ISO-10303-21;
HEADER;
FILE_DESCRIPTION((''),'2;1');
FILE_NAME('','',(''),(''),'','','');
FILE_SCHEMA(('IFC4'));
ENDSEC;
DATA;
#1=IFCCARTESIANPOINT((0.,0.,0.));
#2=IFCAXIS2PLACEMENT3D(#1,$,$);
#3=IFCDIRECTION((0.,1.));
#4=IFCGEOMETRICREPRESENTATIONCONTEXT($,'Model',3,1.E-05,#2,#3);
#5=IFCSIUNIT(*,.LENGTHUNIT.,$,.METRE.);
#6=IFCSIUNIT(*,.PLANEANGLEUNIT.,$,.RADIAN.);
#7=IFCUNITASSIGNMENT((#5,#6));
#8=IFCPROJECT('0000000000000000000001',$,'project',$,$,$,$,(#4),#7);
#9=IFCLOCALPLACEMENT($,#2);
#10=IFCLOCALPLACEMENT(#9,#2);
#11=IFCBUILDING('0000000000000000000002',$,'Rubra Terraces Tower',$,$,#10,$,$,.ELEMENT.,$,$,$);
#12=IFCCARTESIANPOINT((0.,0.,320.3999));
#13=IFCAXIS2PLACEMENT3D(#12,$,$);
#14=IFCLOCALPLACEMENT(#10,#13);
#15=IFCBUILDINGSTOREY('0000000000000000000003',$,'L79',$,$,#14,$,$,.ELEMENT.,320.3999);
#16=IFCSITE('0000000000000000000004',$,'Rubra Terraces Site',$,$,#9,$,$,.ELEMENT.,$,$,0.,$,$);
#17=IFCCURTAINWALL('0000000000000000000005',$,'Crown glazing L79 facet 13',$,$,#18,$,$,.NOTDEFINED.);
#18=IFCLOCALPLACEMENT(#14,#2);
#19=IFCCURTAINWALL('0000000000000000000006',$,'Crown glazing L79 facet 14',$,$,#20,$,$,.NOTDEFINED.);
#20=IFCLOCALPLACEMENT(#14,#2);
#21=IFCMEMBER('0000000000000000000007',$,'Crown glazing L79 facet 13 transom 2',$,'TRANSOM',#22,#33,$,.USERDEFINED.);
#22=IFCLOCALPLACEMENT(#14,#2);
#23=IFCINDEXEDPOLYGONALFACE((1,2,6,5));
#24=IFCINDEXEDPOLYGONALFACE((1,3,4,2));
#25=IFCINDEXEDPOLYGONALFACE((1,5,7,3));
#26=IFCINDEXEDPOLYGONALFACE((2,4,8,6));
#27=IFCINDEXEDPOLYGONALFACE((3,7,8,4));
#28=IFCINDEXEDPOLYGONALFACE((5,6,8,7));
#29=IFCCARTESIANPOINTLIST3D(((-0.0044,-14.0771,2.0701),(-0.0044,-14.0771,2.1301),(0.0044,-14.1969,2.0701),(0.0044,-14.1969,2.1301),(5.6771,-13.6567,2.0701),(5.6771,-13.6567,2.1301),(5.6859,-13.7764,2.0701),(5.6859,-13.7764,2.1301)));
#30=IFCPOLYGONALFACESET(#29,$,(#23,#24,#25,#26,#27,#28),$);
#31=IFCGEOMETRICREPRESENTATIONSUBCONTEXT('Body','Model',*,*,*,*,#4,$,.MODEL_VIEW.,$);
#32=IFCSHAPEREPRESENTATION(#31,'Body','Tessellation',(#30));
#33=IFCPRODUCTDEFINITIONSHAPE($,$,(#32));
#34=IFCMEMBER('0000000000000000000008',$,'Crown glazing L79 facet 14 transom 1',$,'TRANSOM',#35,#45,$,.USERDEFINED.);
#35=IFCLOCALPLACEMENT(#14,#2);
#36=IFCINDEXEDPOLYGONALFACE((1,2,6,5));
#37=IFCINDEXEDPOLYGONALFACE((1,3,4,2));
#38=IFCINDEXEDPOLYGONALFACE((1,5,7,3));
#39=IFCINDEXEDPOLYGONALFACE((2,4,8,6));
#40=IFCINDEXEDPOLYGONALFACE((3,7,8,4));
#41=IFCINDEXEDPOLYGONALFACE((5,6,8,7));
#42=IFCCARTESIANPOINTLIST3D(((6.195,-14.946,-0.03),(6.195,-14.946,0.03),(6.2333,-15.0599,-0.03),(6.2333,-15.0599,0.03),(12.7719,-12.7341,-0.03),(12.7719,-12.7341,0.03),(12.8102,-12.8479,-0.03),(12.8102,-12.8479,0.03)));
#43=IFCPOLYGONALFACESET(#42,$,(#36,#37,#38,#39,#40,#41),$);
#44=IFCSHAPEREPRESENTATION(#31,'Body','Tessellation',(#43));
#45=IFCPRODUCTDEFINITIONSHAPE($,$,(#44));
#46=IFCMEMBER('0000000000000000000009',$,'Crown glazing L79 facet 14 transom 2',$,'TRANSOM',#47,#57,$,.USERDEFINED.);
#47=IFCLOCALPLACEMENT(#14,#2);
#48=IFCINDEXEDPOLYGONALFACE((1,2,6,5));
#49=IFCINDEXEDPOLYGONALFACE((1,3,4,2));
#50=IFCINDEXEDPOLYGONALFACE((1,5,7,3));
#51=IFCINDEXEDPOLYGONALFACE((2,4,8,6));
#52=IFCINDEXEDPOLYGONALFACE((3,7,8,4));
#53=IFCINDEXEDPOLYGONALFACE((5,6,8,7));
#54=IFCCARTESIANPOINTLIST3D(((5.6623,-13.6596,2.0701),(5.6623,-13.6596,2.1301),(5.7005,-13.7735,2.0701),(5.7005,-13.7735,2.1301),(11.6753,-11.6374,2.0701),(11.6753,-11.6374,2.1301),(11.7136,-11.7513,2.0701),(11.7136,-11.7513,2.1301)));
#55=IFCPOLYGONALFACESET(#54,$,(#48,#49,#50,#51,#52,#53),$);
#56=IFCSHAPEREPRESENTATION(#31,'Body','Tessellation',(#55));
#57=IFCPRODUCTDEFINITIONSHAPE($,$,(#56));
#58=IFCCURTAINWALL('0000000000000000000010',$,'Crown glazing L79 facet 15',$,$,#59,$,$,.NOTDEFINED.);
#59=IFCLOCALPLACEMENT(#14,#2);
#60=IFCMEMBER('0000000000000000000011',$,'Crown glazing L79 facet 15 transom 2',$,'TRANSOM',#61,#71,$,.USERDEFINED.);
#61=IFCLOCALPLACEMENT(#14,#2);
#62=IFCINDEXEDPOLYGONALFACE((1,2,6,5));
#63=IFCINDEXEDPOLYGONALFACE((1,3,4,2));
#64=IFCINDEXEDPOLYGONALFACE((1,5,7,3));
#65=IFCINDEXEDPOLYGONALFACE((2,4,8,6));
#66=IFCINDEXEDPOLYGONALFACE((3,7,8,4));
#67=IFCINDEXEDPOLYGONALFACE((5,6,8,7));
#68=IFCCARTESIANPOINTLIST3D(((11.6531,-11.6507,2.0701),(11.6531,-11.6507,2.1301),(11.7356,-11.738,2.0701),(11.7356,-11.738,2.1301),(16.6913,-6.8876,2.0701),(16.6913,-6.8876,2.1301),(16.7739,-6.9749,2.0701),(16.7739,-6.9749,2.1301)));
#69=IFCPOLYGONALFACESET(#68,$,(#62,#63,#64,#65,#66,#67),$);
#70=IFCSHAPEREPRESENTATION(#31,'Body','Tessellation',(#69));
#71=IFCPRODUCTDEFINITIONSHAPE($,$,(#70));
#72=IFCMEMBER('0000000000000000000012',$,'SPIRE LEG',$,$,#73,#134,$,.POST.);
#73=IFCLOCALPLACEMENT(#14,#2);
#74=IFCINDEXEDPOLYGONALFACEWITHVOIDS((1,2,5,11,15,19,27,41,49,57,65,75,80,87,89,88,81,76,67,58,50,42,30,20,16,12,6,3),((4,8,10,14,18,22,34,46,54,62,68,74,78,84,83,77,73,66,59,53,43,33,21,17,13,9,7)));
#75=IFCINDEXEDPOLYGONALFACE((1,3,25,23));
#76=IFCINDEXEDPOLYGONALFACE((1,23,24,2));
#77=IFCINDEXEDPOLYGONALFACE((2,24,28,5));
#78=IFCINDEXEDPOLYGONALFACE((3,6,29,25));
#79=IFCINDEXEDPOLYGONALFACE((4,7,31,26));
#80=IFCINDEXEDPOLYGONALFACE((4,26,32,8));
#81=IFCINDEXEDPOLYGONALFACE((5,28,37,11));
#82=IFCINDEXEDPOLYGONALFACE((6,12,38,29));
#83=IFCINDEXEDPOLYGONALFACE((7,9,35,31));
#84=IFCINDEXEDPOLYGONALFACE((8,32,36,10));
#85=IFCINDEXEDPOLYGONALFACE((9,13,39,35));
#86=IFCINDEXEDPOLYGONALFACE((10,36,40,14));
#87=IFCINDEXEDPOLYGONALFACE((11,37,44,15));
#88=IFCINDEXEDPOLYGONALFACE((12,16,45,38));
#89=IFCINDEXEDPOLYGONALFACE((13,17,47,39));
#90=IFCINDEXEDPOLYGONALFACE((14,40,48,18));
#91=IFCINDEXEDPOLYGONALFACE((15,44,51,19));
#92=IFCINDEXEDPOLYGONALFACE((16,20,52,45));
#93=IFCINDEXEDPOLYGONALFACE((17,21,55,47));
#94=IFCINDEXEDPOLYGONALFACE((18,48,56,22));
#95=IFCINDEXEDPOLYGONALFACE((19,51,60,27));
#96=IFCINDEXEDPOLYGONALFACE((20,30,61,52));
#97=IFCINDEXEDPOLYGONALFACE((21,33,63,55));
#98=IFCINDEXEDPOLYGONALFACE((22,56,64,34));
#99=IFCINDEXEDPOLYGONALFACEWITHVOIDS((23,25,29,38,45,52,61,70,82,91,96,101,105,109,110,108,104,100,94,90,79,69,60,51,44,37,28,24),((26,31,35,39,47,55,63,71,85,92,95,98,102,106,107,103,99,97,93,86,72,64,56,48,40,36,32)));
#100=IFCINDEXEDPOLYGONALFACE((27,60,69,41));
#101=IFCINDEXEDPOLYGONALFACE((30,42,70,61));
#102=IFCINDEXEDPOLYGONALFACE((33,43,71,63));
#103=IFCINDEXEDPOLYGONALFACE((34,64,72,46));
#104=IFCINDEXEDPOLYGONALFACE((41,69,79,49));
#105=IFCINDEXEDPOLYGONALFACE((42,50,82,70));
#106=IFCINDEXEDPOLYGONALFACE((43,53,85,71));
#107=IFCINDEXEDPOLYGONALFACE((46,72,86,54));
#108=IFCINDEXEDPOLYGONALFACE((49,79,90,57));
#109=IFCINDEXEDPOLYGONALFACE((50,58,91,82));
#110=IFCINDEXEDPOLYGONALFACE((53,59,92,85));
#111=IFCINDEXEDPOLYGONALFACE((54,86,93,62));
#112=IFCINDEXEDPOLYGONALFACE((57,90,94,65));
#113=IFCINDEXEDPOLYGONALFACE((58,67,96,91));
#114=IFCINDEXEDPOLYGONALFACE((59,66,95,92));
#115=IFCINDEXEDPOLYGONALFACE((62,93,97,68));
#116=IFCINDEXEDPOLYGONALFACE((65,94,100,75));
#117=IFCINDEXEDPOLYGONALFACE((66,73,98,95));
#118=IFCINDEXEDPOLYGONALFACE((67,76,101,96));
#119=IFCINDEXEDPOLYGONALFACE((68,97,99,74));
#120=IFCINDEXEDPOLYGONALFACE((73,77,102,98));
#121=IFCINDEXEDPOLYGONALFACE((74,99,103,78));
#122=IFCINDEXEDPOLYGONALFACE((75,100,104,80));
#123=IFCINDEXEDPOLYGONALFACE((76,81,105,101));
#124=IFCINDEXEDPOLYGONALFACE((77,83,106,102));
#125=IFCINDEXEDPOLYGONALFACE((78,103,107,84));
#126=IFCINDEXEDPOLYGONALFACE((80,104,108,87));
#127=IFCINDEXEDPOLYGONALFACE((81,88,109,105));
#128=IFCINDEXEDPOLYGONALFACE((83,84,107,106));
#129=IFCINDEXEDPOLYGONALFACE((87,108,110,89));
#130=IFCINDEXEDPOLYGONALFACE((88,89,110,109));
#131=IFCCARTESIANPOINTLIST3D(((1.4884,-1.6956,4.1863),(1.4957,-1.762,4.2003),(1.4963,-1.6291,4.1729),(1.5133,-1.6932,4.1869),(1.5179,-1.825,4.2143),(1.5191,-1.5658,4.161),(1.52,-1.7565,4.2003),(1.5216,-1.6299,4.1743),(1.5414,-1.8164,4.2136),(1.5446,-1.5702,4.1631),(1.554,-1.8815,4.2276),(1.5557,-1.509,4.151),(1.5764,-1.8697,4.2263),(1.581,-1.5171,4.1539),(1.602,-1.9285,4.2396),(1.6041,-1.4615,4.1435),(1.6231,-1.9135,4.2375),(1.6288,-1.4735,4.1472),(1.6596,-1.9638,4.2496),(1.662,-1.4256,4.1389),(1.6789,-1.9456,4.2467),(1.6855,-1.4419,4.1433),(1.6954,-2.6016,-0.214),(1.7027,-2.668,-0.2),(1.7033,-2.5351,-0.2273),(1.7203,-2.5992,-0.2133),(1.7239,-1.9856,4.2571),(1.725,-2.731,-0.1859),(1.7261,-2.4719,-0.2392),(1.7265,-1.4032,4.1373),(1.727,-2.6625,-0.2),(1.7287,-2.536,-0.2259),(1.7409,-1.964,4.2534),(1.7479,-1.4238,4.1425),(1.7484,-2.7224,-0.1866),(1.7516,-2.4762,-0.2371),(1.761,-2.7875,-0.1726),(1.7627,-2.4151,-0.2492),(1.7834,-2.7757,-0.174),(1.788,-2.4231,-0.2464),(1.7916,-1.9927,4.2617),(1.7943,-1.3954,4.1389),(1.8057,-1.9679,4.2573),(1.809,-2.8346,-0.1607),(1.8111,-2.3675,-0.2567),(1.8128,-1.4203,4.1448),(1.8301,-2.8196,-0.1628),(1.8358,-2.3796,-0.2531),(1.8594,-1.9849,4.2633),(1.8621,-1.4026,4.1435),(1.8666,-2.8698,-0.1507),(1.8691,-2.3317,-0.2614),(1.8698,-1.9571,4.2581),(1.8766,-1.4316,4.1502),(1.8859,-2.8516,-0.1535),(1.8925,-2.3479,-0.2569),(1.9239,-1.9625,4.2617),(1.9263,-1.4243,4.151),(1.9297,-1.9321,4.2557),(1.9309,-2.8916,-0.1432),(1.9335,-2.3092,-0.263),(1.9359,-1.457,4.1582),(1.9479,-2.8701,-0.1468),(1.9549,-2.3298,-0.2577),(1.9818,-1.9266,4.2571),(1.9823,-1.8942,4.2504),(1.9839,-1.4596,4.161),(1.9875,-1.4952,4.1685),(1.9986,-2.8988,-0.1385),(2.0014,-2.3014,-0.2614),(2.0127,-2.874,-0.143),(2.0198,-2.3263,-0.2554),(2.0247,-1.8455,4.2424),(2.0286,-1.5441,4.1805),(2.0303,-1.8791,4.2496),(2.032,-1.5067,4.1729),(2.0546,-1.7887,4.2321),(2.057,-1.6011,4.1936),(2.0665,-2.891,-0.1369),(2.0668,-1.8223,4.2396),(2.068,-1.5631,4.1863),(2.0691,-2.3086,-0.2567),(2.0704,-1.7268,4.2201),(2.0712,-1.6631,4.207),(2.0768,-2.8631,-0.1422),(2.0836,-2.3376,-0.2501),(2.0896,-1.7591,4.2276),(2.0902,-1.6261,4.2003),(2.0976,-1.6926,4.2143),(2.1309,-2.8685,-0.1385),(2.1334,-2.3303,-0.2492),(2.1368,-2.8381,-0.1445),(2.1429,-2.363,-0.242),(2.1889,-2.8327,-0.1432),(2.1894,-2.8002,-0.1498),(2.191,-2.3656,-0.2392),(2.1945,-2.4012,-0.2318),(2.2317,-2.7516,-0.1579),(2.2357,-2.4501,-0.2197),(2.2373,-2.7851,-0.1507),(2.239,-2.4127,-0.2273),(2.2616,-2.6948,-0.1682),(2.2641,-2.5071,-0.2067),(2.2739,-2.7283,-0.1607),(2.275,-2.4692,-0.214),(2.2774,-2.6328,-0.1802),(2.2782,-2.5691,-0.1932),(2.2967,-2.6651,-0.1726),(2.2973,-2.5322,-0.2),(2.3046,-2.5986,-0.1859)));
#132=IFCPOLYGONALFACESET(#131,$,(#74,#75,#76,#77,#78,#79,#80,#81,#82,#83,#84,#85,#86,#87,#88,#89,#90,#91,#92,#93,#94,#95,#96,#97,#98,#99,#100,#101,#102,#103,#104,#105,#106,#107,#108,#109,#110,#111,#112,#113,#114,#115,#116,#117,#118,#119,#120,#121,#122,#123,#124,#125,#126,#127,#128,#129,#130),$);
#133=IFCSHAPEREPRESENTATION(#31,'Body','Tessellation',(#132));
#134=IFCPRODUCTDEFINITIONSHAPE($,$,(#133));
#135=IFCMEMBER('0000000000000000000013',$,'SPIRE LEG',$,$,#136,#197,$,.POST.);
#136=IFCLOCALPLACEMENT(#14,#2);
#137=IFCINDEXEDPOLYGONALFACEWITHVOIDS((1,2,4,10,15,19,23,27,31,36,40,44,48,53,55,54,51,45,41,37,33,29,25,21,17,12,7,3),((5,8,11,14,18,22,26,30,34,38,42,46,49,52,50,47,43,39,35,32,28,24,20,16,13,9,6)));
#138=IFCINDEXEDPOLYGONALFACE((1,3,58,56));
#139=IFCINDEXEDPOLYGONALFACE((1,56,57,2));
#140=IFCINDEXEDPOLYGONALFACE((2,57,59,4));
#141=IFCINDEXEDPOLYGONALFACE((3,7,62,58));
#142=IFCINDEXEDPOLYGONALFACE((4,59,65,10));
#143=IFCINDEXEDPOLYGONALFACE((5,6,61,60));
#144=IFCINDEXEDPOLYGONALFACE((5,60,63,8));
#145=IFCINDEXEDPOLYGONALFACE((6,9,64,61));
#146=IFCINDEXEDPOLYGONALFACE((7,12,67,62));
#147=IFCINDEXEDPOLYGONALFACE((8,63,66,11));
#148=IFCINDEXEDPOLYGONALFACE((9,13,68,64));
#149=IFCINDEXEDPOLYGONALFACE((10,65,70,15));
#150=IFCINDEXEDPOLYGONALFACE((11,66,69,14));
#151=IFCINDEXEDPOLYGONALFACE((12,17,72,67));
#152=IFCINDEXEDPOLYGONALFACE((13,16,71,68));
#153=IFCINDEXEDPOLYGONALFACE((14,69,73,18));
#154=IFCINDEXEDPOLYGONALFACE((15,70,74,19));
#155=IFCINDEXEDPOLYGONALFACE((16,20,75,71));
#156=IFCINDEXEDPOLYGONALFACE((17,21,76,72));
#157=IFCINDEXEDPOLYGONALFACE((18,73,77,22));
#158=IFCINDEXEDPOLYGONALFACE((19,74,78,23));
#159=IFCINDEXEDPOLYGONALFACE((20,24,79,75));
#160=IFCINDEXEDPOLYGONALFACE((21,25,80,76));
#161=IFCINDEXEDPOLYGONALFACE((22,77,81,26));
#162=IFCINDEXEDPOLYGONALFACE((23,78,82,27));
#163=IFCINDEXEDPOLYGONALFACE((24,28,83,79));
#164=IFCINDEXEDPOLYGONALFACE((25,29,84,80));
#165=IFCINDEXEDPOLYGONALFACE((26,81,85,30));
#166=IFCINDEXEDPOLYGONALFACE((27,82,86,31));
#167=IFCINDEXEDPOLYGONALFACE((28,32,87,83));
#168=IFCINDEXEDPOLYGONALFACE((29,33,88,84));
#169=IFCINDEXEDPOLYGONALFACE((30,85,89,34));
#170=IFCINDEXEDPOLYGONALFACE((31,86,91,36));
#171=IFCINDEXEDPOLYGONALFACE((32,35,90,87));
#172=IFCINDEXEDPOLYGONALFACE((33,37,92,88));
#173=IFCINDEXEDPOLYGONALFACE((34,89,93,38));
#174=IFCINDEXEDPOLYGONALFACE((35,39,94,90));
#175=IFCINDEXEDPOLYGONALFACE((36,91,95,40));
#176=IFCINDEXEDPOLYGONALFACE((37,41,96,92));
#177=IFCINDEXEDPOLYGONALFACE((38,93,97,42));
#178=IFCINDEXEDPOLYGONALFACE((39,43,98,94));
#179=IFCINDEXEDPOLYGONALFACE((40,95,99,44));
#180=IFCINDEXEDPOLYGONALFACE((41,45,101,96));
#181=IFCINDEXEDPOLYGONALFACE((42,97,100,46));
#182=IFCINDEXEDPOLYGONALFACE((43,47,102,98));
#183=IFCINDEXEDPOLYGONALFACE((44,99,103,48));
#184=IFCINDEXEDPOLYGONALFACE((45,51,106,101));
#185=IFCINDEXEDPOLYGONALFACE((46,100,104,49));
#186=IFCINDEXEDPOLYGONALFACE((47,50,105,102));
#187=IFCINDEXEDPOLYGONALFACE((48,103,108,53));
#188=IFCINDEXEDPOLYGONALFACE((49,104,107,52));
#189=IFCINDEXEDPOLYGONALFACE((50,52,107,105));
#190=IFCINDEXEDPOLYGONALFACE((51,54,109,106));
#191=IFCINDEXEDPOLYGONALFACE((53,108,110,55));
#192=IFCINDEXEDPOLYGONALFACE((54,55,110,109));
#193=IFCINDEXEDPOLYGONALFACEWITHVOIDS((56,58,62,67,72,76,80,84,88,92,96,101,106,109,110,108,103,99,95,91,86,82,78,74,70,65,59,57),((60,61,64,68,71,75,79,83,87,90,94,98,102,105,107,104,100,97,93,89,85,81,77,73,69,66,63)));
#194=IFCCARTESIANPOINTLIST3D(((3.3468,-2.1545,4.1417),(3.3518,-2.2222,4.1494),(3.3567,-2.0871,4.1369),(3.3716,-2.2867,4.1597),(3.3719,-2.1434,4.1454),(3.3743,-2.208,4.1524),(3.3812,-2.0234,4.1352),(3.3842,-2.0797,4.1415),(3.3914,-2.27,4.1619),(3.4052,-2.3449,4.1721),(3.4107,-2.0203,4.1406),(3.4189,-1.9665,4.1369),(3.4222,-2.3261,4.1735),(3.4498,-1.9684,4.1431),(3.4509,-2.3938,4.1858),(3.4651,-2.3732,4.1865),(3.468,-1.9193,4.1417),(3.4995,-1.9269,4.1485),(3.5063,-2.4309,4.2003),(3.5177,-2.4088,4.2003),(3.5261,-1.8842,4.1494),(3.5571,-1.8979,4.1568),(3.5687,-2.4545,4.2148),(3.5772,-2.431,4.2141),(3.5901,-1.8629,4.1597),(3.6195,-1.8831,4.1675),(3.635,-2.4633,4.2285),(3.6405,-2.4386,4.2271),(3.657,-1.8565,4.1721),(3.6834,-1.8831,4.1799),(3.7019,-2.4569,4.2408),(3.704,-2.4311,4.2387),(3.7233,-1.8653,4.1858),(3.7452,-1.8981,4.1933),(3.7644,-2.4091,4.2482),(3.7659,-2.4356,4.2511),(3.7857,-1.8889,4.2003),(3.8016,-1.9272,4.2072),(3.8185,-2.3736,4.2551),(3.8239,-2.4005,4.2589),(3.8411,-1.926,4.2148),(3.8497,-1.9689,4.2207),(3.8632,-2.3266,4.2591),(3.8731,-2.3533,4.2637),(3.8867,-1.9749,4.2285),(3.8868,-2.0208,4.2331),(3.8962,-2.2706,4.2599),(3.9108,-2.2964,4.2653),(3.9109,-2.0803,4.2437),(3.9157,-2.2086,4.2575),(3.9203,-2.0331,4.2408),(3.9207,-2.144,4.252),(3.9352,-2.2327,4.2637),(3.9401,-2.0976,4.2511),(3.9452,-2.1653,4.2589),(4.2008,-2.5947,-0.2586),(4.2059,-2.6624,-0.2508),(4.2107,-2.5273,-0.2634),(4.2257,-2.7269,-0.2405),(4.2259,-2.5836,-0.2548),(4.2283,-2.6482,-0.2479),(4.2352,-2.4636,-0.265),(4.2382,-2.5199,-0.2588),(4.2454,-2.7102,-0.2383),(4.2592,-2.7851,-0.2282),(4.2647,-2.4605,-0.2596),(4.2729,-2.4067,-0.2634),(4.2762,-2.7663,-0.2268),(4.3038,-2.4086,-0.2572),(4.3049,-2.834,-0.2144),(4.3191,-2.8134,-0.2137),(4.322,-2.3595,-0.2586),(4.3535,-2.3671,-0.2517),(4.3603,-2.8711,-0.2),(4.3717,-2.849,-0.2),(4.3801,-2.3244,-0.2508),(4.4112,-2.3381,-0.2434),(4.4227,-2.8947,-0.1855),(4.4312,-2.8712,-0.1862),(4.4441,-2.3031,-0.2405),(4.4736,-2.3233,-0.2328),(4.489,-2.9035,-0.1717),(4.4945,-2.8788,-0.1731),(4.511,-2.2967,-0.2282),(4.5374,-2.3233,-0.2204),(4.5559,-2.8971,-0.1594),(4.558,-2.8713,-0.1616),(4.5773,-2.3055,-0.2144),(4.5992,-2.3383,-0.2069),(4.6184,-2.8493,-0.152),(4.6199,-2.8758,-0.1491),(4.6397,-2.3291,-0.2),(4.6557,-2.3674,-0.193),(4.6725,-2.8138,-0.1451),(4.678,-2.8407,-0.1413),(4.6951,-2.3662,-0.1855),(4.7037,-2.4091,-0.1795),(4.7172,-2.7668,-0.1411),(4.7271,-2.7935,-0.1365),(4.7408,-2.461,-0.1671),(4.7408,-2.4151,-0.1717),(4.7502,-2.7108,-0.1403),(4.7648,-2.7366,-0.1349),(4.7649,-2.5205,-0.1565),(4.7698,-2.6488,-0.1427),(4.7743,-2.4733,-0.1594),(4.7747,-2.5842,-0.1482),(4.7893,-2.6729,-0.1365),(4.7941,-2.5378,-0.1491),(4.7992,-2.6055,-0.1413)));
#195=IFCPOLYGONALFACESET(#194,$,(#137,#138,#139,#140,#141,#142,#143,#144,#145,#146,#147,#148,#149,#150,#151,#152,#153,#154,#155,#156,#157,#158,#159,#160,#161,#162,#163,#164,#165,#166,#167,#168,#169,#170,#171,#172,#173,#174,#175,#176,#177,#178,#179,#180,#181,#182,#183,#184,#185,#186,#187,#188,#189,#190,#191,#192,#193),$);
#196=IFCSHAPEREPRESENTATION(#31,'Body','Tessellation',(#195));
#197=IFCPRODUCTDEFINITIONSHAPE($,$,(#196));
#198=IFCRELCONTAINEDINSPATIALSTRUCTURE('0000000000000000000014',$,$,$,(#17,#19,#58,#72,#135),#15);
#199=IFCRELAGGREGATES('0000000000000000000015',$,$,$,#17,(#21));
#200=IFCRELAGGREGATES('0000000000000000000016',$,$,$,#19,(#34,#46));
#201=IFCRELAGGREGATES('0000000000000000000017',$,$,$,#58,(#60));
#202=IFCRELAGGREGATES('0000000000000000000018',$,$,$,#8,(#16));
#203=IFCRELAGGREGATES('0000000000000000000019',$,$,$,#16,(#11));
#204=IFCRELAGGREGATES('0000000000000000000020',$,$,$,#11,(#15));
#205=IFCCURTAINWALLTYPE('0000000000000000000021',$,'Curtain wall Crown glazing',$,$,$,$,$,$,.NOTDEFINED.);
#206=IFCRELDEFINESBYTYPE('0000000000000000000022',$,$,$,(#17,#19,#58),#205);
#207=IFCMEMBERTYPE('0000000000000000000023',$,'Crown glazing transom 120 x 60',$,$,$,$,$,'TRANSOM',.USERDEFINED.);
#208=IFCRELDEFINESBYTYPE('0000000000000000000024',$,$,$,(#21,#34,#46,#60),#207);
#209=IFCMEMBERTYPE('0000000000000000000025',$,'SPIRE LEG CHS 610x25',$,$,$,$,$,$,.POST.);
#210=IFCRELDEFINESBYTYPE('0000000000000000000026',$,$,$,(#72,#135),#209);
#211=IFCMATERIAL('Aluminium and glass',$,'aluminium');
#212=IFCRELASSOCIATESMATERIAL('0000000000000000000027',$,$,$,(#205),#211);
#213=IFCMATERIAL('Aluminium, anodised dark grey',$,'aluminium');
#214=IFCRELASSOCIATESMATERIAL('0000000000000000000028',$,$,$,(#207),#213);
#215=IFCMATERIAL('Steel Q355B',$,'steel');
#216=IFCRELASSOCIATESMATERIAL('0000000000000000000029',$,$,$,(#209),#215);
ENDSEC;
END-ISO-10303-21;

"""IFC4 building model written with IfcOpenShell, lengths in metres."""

from ifc_helpers import new_model, si_unit, direction, frame, origin, origin_2d, place, context, subcontext, project, spatial, rectangle, hollow_circle, extrude, material, material_profile, profile_set, type_object, element, aggregate, save


model = new_model("IFC4")

# Units and contexts
model_context = context("Model", 3, precision=1e-05, world=origin(), true_north=direction((0.0, 1.0)))
body_context = subcontext(model_context, "Body", "Model", "MODEL_VIEW")
ifc_project = project(units=[si_unit("LENGTHUNIT", "METRE"), si_unit("PLANEANGLEUNIT", "RADIAN")], contexts=[model_context])

# Site, building, storey
site_placement = place(None, origin())
site = spatial("IfcSite", under=ifc_project, at=site_placement, Name="Rubra Terraces Site", CompositionType="ELEMENT", RefElevation=0.0)
building_placement = place(site_placement, origin())
building = spatial("IfcBuilding", under=site, at=building_placement, Name="Rubra Terraces Tower", CompositionType="ELEMENT")
storey_placement = place(building_placement, frame((0.0, 0.0, 320.3999)))
storey = spatial("IfcBuildingStorey", under=building, at=storey_placement, Name="L79", CompositionType="ELEMENT", Elevation=320.3999)

# Shared definitions
ifc_material_1 = material(Name="Steel Q355B", Category="steel")

# Curtain walls
ifc_material_2 = material(Name="Aluminium and glass", Category="aluminium")
curtain_wall_type = type_object("IfcCurtainWallType", Name="Curtain wall Crown glazing", PredefinedType="NOTDEFINED", material=ifc_material_2)
curtain_wall_1_placement = place(storey_placement, origin())
curtain_wall_1 = element("IfcCurtainWall", 1, at=curtain_wall_1_placement, inside=storey, type_object=curtain_wall_type, Name="Crown glazing L79 facet 13", PredefinedType="NOTDEFINED")
ifc_material_3 = material(Name="Aluminium, anodised dark grey", Category="aluminium")
curtain_wall_2_placement = place(storey_placement, origin())
curtain_wall_2 = element("IfcCurtainWall", 2, at=curtain_wall_2_placement, inside=storey, type_object=curtain_wall_type, Name="Crown glazing L79 facet 14", PredefinedType="NOTDEFINED")

# Members
ifc_material_profile_1 = material_profile(ifc_material_3, rectangle(XDim=0.1201, YDim=0.0601, at=origin_2d()), Name="AL 120x60")
ifc_profile_set_1 = profile_set([ifc_material_profile_1], Name="Aluminium, anodised dark grey")
member_type_1 = type_object("IfcMemberType", Name="Crown glazing transom 120 x 60", ElementType="TRANSOM", PredefinedType="USERDEFINED", material=ifc_profile_set_1)
member_1_placement = place(storey_placement, frame((0.0, -14.137, 2.1001), z_axis=(0.997273, 0.073796, 0.0), x_axis=(-0.073796, 0.997273, 0.0)))
member_1 = element("IfcMember", 3, at=member_1_placement, type_object=member_type_1, Name="Crown glazing L79 facet 13 transom 2", ObjectType="TRANSOM", PredefinedType="USERDEFINED", context=body_context, shape_type="SweptSolid", body=[
    extrude(rectangle(XDim=0.1201, YDim=0.0601, at=origin_2d()), origin(), (0.0, 0.0, 1.0), 5.697),
])
member_2_placement = place(storey_placement, frame((6.2141, -15.0029, 0.0), z_axis=(0.947832, 0.31877, 0.0), x_axis=(-0.31877, 0.947832, 0.0)))
member_2 = element("IfcMember", 4, at=member_2_placement, type_object=member_type_1, Name="Crown glazing L79 facet 14 transom 1", ObjectType="TRANSOM", PredefinedType="USERDEFINED", context=body_context, shape_type="SweptSolid", body=[
    extrude(rectangle(XDim=0.1201, YDim=0.0601, at=origin_2d()), origin(), (0.0, 0.0, 1.0), 6.939),
])
member_3_placement = place(storey_placement, frame((5.6814, -13.7166, 2.1001), z_axis=(0.947837, 0.318755, 0.0), x_axis=(-0.318755, 0.947837, 0.0)))
member_3 = element("IfcMember", 5, at=member_3_placement, type_object=member_type_1, Name="Crown glazing L79 facet 14 transom 2", ObjectType="TRANSOM", PredefinedType="USERDEFINED", context=body_context, shape_type="SweptSolid", body=[
    extrude(rectangle(XDim=0.1201, YDim=0.0601, at=origin_2d()), origin(), (0.0, 0.0, 1.0), 6.344),
])

# Curtain wall, member
curtain_wall_3_placement = place(storey_placement, origin())
curtain_wall_3 = element("IfcCurtainWall", 6, at=curtain_wall_3_placement, inside=storey, type_object=curtain_wall_type, Name="Crown glazing L79 facet 15", PredefinedType="NOTDEFINED")
member_4_placement = place(storey_placement, frame((11.6943, -11.6943, 2.1001), z_axis=(0.72667, 0.686986, 0.0), x_axis=(-0.686986, 0.72667, 0.0)))
member_4 = element("IfcMember", 7, at=member_4_placement, type_object=member_type_1, Name="Crown glazing L79 facet 15 transom 2", ObjectType="TRANSOM", PredefinedType="USERDEFINED", context=body_context, shape_type="SweptSolid", body=[
    extrude(rectangle(XDim=0.1201, YDim=0.0601, at=origin_2d()), origin(), (0.0, 0.0, 1.0), 6.9333),
])

# Members
ifc_material_profile_2 = material_profile(ifc_material_1, hollow_circle(Radius=0.3049, WallThickness=0.0249, at=origin_2d()), Name="CHS 610x25")
ifc_profile_set_2 = profile_set([ifc_material_profile_2], Name="Steel Q355B")
member_type_2 = type_object("IfcMemberType", Name="SPIRE LEG CHS 610x25", PredefinedType="POST", material=ifc_profile_set_2)
member_5_placement = place(storey_placement, frame((2.0, -2.6001, -0.2), z_axis=(-0.046035, 0.201459, 0.978415), x_axis=(-0.974872, -0.222768, 0.0)))
element("IfcMember", 8, at=member_5_placement, inside=storey, type_object=member_type_2, Name="SPIRE LEG", PredefinedType="POST", context=body_context, shape_type="SweptSolid", body=[
    extrude(hollow_circle(Radius=0.3049, WallThickness=0.0249, at=origin_2d()), origin(), (0.0, 0.0, 1.0), 4.4973),
])
member_6_placement = place(storey_placement, frame((4.5, -2.6001, -0.2), z_axis=(-0.189618, 0.097736, 0.976981), x_axis=(-0.458157, -0.888871, 0.0)))
element("IfcMember", 9, at=member_6_placement, inside=storey, type_object=member_type_2, Name="SPIRE LEG", PredefinedType="POST", context=body_context, shape_type="SweptSolid", body=[
    extrude(hollow_circle(Radius=0.3049, WallThickness=0.0249, at=origin_2d()), origin(), (0.0, 0.0, 1.0), 4.5039),
])

aggregate(curtain_wall_1, [member_1])
aggregate(curtain_wall_2, [member_2, member_3])
aggregate(curtain_wall_3, [member_4])

save(model, "model.ifc")
